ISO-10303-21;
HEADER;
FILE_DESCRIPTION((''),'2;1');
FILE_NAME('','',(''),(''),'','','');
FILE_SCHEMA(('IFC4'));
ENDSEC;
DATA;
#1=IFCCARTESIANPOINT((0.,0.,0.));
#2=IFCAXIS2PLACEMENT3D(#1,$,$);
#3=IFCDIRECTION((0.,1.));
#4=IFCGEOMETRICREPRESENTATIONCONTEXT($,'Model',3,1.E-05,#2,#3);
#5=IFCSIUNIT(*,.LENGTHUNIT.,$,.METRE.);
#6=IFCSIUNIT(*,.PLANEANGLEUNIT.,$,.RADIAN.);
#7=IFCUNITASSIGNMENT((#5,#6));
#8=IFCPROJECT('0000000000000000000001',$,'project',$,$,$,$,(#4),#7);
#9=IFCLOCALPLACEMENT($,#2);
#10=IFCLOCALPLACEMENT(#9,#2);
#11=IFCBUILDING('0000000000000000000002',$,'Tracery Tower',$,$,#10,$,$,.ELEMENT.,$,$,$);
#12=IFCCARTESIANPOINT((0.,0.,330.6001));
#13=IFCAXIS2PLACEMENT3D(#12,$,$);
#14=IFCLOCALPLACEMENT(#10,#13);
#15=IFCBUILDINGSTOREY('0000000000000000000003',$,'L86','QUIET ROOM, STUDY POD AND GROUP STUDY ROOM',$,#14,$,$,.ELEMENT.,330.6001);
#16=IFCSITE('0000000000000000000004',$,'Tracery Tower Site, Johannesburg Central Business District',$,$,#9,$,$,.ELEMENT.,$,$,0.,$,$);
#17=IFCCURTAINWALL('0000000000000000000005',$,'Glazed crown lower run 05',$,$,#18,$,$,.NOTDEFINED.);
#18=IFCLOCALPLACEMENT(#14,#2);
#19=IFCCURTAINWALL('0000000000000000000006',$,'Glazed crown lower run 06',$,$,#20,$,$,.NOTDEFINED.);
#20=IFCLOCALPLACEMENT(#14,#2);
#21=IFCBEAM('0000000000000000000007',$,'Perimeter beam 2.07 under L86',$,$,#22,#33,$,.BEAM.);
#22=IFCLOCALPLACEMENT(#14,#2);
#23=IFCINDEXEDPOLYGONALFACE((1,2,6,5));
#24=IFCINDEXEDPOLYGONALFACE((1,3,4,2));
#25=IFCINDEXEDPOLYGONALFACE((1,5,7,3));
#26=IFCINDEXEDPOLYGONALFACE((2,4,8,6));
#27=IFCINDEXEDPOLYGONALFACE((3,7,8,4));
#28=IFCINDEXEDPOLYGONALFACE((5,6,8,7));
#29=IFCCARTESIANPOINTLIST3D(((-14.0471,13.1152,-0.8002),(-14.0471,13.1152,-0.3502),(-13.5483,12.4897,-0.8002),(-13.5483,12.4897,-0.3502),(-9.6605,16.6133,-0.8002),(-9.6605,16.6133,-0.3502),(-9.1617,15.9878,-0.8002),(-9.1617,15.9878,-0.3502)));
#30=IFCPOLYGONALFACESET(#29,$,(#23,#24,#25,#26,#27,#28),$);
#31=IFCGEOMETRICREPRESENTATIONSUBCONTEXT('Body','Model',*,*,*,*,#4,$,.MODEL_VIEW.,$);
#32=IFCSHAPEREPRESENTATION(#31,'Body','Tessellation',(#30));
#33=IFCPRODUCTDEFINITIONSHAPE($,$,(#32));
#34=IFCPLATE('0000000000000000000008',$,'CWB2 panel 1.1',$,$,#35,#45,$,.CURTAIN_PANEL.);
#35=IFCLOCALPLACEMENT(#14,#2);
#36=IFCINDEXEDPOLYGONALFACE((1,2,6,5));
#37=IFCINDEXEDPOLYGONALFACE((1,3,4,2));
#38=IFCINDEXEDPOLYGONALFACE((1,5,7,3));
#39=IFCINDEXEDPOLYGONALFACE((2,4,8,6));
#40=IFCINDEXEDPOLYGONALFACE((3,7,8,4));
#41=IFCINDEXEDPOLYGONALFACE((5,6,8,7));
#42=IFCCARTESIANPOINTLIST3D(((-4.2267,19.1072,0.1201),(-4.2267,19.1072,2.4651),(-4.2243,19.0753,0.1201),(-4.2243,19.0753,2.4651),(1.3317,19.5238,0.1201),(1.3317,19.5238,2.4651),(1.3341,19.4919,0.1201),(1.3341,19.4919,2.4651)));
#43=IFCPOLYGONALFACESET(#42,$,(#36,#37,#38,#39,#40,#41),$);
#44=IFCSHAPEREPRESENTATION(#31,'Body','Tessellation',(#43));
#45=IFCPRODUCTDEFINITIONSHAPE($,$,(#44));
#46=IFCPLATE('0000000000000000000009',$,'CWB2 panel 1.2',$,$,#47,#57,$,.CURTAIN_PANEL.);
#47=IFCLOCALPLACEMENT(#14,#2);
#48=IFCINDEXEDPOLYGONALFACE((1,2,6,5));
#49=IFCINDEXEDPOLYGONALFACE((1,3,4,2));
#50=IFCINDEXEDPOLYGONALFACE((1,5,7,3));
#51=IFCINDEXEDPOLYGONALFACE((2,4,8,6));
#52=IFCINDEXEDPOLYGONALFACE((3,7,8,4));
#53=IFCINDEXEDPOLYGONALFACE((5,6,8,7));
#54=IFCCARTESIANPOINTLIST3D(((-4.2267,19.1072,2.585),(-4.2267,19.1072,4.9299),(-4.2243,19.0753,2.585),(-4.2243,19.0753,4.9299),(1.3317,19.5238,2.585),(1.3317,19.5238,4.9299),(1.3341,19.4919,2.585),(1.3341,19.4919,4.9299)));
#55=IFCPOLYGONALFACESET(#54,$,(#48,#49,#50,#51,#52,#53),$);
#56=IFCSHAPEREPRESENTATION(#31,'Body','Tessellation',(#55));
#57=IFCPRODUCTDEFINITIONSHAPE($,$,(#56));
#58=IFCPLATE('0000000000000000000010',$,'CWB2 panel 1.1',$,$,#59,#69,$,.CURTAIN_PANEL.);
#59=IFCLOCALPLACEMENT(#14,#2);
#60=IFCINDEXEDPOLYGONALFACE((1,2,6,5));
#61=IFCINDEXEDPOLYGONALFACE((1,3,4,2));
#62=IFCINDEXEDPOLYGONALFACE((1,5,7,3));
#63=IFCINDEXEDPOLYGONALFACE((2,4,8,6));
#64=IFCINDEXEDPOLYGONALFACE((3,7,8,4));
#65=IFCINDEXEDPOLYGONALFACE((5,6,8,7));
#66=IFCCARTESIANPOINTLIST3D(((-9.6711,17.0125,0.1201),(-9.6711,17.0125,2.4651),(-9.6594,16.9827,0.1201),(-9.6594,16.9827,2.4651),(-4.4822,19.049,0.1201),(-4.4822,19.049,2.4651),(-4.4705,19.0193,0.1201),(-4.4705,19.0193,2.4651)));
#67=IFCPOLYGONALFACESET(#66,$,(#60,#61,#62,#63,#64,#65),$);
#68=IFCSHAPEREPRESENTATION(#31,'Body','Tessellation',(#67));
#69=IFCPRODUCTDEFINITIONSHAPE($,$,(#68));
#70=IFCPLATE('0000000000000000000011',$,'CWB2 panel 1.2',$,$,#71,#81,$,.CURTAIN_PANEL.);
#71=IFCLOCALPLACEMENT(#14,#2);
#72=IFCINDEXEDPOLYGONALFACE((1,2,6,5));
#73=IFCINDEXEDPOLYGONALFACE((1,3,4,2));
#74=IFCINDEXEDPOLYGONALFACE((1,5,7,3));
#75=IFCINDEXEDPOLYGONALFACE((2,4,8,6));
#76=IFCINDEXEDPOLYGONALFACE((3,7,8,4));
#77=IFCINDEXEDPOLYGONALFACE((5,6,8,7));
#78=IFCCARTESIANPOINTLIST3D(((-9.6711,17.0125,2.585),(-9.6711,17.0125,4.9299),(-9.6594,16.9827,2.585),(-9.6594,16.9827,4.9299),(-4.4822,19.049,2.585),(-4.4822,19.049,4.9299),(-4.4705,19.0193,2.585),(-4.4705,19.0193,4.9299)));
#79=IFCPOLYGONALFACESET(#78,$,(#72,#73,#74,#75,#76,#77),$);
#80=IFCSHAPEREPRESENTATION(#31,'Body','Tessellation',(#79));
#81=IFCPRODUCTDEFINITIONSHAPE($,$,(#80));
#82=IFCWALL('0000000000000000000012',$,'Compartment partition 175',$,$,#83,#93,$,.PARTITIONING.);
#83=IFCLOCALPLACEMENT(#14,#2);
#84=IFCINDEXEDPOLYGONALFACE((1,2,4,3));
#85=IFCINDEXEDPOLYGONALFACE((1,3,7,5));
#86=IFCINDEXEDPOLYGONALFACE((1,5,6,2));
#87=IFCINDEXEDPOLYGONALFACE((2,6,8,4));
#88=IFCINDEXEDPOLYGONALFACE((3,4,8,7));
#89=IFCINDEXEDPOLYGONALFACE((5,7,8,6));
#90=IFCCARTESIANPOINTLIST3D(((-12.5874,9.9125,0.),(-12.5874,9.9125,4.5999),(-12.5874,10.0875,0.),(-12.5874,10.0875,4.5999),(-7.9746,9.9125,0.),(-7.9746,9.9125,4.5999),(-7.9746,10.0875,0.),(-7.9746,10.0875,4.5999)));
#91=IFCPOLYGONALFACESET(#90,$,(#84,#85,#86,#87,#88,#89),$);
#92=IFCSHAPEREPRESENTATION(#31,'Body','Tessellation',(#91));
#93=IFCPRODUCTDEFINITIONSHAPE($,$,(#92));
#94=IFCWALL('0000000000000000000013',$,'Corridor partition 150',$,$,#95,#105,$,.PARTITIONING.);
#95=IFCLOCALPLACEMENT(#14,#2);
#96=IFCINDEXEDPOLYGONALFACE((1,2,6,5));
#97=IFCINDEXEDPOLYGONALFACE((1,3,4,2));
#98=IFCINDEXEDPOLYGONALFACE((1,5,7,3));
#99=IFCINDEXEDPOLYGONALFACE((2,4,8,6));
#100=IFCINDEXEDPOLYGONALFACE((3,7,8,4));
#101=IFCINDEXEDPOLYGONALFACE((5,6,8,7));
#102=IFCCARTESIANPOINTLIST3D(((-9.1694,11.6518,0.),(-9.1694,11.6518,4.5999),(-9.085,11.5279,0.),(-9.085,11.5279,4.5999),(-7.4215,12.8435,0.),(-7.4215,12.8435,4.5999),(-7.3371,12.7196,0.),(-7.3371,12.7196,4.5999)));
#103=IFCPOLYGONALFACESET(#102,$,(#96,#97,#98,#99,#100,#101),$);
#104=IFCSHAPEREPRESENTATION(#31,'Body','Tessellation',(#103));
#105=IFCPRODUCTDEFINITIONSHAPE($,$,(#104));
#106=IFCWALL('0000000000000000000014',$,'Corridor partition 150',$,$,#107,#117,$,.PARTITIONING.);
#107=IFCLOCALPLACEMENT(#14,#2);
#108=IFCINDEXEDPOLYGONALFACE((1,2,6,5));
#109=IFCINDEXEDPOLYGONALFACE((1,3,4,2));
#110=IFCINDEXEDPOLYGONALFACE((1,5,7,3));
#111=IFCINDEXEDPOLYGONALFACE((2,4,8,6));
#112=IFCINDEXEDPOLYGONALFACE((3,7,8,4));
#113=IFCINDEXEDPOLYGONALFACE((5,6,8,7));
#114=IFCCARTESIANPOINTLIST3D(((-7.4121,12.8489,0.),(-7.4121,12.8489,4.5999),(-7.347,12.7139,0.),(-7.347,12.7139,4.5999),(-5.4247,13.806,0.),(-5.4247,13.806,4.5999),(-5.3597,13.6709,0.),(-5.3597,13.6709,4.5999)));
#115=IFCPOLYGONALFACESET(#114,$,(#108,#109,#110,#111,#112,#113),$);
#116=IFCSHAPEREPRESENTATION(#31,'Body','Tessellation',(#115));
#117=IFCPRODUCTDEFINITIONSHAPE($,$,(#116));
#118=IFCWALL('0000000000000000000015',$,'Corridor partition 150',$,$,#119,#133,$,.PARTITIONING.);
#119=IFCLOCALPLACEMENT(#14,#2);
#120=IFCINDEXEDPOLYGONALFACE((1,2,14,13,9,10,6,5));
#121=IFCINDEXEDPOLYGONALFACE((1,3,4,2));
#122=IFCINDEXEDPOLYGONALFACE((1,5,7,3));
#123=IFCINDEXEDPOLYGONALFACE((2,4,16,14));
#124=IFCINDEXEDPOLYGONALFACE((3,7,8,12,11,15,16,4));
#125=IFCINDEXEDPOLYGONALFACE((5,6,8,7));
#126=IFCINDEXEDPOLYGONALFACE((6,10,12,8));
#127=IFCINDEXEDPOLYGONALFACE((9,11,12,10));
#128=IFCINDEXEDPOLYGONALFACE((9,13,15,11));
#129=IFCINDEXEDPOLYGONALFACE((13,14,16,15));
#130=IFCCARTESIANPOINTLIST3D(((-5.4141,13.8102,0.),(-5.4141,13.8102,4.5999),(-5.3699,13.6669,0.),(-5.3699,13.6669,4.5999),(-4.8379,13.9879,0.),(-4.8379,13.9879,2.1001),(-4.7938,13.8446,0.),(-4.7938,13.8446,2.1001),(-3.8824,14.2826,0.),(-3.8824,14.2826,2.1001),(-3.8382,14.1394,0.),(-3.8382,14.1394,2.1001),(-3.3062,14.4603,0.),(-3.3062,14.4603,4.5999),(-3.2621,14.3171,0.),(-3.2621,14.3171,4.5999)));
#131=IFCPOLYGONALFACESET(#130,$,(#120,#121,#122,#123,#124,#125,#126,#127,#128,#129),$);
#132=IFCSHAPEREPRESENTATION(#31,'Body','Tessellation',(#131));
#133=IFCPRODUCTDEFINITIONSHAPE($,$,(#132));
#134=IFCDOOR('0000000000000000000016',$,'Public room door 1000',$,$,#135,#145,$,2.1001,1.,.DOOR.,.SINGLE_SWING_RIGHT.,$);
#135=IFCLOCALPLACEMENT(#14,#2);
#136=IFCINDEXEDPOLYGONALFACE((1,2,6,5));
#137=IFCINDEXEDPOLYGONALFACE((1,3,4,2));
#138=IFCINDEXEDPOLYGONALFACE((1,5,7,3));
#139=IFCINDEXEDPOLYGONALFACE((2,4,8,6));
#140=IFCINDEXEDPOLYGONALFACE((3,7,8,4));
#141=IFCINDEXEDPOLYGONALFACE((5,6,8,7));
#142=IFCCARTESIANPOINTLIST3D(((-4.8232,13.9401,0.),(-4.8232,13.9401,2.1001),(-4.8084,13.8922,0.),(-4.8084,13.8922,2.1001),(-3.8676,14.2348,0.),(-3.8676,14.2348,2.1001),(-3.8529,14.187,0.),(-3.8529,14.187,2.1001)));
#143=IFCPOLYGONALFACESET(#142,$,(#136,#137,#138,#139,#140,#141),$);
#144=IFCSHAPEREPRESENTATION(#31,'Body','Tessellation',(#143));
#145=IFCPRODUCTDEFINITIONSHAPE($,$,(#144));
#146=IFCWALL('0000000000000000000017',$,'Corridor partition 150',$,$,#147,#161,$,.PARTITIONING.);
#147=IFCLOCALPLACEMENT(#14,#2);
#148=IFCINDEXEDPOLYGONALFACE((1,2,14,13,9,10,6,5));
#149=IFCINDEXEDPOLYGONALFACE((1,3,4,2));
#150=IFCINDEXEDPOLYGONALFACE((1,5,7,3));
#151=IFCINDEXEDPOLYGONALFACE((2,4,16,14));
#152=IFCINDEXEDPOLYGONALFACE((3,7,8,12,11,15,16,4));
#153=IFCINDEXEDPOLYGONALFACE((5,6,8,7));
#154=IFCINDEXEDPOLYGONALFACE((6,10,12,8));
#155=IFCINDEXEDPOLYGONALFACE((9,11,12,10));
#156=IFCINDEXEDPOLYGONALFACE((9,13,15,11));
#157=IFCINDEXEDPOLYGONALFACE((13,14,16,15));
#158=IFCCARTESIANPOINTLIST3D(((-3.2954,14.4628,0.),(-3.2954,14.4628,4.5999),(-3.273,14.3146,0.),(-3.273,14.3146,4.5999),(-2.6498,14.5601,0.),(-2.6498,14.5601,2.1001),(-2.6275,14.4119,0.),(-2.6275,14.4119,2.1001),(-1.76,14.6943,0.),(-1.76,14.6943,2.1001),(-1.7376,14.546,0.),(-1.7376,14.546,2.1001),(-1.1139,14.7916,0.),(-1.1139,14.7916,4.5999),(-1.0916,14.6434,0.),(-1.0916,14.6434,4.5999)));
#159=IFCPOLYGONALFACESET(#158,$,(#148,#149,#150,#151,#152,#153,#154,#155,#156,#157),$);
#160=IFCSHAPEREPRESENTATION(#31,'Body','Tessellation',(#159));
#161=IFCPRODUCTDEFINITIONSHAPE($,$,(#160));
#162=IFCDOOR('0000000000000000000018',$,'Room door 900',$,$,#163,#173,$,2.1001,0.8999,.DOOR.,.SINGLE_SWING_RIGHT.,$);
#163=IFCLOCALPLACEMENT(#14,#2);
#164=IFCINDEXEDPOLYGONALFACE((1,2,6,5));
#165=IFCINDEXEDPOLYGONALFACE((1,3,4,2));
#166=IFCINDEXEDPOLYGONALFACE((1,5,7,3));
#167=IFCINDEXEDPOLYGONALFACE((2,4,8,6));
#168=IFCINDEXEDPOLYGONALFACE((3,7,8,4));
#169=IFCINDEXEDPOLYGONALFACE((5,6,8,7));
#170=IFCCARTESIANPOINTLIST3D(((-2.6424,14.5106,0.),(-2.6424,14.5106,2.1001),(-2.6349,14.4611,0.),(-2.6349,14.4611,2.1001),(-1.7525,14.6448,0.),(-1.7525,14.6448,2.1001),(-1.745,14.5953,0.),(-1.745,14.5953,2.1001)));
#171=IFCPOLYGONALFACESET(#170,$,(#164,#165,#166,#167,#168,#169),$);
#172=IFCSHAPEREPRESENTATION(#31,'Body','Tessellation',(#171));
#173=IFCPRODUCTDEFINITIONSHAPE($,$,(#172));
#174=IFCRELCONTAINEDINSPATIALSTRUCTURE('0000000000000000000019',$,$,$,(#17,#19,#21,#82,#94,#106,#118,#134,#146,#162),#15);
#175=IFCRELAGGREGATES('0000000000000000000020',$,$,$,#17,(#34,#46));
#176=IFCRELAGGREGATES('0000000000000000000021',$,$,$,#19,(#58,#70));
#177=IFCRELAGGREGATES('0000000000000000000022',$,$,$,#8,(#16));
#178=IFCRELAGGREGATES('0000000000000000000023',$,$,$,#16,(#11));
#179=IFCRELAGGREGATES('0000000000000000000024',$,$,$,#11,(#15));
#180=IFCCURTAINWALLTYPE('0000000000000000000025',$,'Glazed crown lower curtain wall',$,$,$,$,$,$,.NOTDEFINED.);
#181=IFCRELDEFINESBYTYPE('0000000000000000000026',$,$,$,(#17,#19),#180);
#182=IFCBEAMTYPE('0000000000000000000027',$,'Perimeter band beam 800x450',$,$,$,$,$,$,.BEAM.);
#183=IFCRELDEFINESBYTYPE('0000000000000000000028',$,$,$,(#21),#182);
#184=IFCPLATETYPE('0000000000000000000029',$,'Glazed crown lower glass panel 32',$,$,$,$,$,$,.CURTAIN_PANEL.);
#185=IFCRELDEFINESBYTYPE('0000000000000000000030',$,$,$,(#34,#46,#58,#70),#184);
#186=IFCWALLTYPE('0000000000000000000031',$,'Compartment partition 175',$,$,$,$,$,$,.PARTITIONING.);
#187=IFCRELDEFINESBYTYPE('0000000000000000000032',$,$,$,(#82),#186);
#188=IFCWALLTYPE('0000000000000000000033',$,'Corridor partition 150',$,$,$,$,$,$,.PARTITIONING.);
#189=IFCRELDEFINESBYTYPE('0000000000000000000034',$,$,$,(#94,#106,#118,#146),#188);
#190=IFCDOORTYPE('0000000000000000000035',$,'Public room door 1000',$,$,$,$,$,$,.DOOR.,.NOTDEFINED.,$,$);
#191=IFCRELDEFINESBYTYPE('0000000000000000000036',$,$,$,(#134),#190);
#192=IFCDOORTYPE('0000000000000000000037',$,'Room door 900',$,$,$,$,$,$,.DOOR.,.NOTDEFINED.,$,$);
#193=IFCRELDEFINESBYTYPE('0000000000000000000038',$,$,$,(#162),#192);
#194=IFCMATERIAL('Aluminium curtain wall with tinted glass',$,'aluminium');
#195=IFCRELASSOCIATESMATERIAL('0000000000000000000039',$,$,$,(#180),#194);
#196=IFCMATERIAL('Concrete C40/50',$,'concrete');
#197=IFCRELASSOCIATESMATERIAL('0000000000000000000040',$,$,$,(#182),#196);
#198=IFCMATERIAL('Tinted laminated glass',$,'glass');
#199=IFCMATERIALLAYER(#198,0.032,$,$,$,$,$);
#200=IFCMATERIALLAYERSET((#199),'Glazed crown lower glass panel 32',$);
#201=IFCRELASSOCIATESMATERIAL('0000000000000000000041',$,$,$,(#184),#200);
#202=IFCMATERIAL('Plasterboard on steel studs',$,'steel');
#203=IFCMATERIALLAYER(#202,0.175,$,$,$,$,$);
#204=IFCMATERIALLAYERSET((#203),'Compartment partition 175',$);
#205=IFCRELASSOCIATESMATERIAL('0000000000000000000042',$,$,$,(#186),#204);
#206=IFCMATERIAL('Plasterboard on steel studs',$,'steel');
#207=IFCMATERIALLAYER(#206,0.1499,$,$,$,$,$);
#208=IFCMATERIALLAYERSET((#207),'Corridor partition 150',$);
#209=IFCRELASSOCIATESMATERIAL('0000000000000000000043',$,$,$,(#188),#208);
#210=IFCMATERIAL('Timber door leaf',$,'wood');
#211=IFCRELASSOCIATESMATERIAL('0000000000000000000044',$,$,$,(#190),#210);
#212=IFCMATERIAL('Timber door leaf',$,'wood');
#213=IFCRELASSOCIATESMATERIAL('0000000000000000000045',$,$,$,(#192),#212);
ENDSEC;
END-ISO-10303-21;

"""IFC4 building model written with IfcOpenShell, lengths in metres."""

from ifc_helpers import new_model, si_unit, direction, frame, frame_2d, origin, origin_2d, place, context, subcontext, project, spatial, rectangle, extrude, material, layer, layer_set, material_profile, profile_set, type_object, element, fill, aggregate, save


model = new_model("IFC4")

# Units and contexts
model_context = context("Model", 3, precision=1e-05, world=origin(), true_north=direction((0.0, 1.0)))
body_context = subcontext(model_context, "Body", "Model", "MODEL_VIEW")
ifc_project = project(units=[si_unit("LENGTHUNIT", "METRE"), si_unit("PLANEANGLEUNIT", "RADIAN")], contexts=[model_context])

# Site, building, storey
site_placement = place(None, origin())
site = spatial("IfcSite", under=ifc_project, at=site_placement, Name="Tracery Tower Site, Johannesburg Central Business District", CompositionType="ELEMENT", RefElevation=0.0)
building_placement = place(site_placement, origin())
building = spatial("IfcBuilding", under=site, at=building_placement, Name="Tracery Tower", CompositionType="ELEMENT")
storey_placement = place(building_placement, frame((0.0, 0.0, 330.6001)))
storey = spatial("IfcBuildingStorey", under=building, at=storey_placement, Name="L86", Description="QUIET ROOM, STUDY POD AND GROUP STUDY ROOM", CompositionType="ELEMENT", Elevation=330.6001)

# Curtain wall
ifc_material_1 = material(Name="Aluminium curtain wall with tinted glass", Category="aluminium")
curtain_wall_type = type_object("IfcCurtainWallType", Name="Glazed crown lower curtain wall", PredefinedType="NOTDEFINED", material=ifc_material_1)
curtain_wall_1_placement = place(storey_placement, origin())
curtain_wall_1 = element("IfcCurtainWall", 1, at=curtain_wall_1_placement, inside=storey, type_object=curtain_wall_type, Name="Glazed crown lower run 05", PredefinedType="NOTDEFINED")

# Curtain wall
curtain_wall_2_placement = place(storey_placement, origin())
curtain_wall_2 = element("IfcCurtainWall", 2, at=curtain_wall_2_placement, inside=storey, type_object=curtain_wall_type, Name="Glazed crown lower run 06", PredefinedType="NOTDEFINED")

# Beam
ifc_material_2 = material(Name="Concrete C40/50", Category="concrete")
ifc_material_profile_1 = material_profile(ifc_material_2, rectangle(XDim=0.8, YDim=0.45, at=origin_2d()), Name="RC 800x450")
ifc_profile_set_1 = profile_set([ifc_material_profile_1], Name="Concrete C40/50")
beam_type = type_object("IfcBeamType", Name="Perimeter band beam 800x450", PredefinedType="BEAM", material=ifc_profile_set_1)
beam_1_placement = place(storey_placement, frame((-9.4111, 16.3005, -0.5752), z_axis=(-0.781836, -0.623484, 0.0), x_axis=(0.623484, -0.781836, 0.0)))
element("IfcBeam", 3, at=beam_1_placement, inside=storey, type_object=beam_type, Name="Perimeter beam 2.07 under L86", PredefinedType="BEAM", context=body_context, shape_type="SweptSolid", body=[
    extrude(rectangle(XDim=0.8, YDim=0.45, at=origin_2d()), origin(), (0.0, 0.0, 1.0), 5.6106),
])

# Plates
ifc_material_3 = material(Name="Tinted laminated glass", Category="glass")
ifc_layer_1 = layer(ifc_material_3, 0.032)
ifc_layer_set_1 = layer_set([ifc_layer_1], Name="Glazed crown lower glass panel 32")
plate_type = type_object("IfcPlateType", Name="Glazed crown lower glass panel 32", PredefinedType="CURTAIN_PANEL", material=ifc_layer_set_1)
plate_1_placement = place(storey_placement, frame((-1.4463, 19.2996, 0.1201), z_axis=(0.0, 0.0, 1.0), x_axis=(-0.997204, -0.074729, 0.0)))
plate_1 = element("IfcPlate", 4, at=plate_1_placement, type_object=plate_type, Name="CWB2 panel 1.1", PredefinedType="CURTAIN_PANEL", context=body_context, shape_type="SweptSolid", body=[
    extrude(rectangle(XDim=5.574, YDim=0.032, at=origin_2d()), origin(), (0.0, 0.0, 1.0), 2.345),
])
plate_2_placement = place(storey_placement, frame((-1.4463, 19.2996, 2.585), z_axis=(0.0, 0.0, 1.0), x_axis=(-0.997204, -0.074729, 0.0)))
plate_2 = element("IfcPlate", 5, at=plate_2_placement, type_object=plate_type, Name="CWB2 panel 1.2", PredefinedType="CURTAIN_PANEL", context=body_context, shape_type="SweptSolid", body=[
    extrude(rectangle(XDim=5.574, YDim=0.032, at=origin_2d()), origin(), (0.0, 0.0, 1.0), 2.345),
])
aggregate(curtain_wall_1, [plate_1, plate_2])
plate_3_placement = place(storey_placement, frame((-7.0708, 18.0159, 0.1201), z_axis=(0.0, 0.0, 1.0), x_axis=(-0.93087, -0.365351, 0.0)))
plate_3 = element("IfcPlate", 6, at=plate_3_placement, type_object=plate_type, Name="CWB2 panel 1.1", PredefinedType="CURTAIN_PANEL", context=body_context, shape_type="SweptSolid", body=[
    extrude(rectangle(XDim=5.5742, YDim=0.032, at=origin_2d()), origin(), (0.0, 0.0, 1.0), 2.345),
])
plate_4_placement = place(storey_placement, frame((-7.0708, 18.0159, 2.585), z_axis=(0.0, 0.0, 1.0), x_axis=(-0.93087, -0.365351, 0.0)))
plate_4 = element("IfcPlate", 7, at=plate_4_placement, type_object=plate_type, Name="CWB2 panel 1.2", PredefinedType="CURTAIN_PANEL", context=body_context, shape_type="SweptSolid", body=[
    extrude(rectangle(XDim=5.5742, YDim=0.032, at=origin_2d()), origin(), (0.0, 0.0, 1.0), 2.345),
])
aggregate(curtain_wall_2, [plate_3, plate_4])

# Walls
ifc_material_4 = material(Name="Plasterboard on steel studs", Category="steel")
ifc_layer_2 = layer(ifc_material_4, 0.175)
ifc_layer_set_2 = layer_set([ifc_layer_2], Name="Compartment partition 175")
wall_type_1 = type_object("IfcWallType", Name="Compartment partition 175", PredefinedType="PARTITIONING", material=ifc_layer_set_2)
wall_1_placement = place(storey_placement, frame((-7.9746, 10.0, 0.0), z_axis=(0.0, 0.0, 1.0), x_axis=(-1.0, 0.0, 0.0)))
element("IfcWall", 8, at=wall_1_placement, inside=storey, type_object=wall_type_1, Name="Compartment partition 175", PredefinedType="PARTITIONING", context=body_context, shape_type="SweptSolid", body=[
    extrude(rectangle(XDim=4.6128, YDim=0.175, at=frame_2d((2.3064, 0.0))), origin(), (0.0, 0.0, 1.0), 4.5999),
])
ifc_material_5 = material(Name="Plasterboard on steel studs", Category="steel")
ifc_layer_3 = layer(ifc_material_5, 0.1499)
ifc_layer_set_3 = layer_set([ifc_layer_3], Name="Corridor partition 150")
wall_type_2 = type_object("IfcWallType", Name="Corridor partition 150", PredefinedType="PARTITIONING", material=ifc_layer_set_3)
wall_2_placement = place(storey_placement, frame((-7.3794, 12.7815, 0.0), z_axis=(0.0, 0.0, 1.0), x_axis=(-0.826235, -0.563326, 0.0)))
element("IfcWall", 9, at=wall_2_placement, inside=storey, type_object=wall_type_2, Name="Corridor partition 150", PredefinedType="PARTITIONING", context=body_context, shape_type="SweptSolid", body=[
    extrude(rectangle(XDim=2.1155, YDim=0.1499, at=frame_2d((1.0576, 0.0))), origin(), (0.0, 0.0, 1.0), 4.5999),
])
wall_3_placement = place(storey_placement, frame((-5.3921, 13.7385, 0.0), z_axis=(0.0, 0.0, 1.0), x_axis=(-0.90097, -0.433882, 0.0)))
element("IfcWall", 10, at=wall_3_placement, inside=storey, type_object=wall_type_2, Name="Corridor partition 150", PredefinedType="PARTITIONING", context=body_context, shape_type="SweptSolid", body=[
    extrude(rectangle(XDim=2.2058, YDim=0.1499, at=frame_2d((1.103, 0.0))), origin(), (0.0, 0.0, 1.0), 4.5999),
])

# Walls, openings, doors
wall_4_placement = place(storey_placement, frame((-5.3921, 13.7385, 0.0), z_axis=(0.0, 0.0, 1.0), x_axis=(0.95558, 0.294731, 0.0)))
wall_4 = element("IfcWall", 11, at=wall_4_placement, inside=storey, type_object=wall_type_2, Name="Corridor partition 150", PredefinedType="PARTITIONING", context=body_context, shape_type="SweptSolid", body=[
    extrude(rectangle(XDim=2.2058, YDim=0.1499, at=frame_2d((1.103, 0.0))), origin(), (0.0, 0.0, 1.0), 4.5999),
])
opening_1_placement = place(wall_4_placement, frame((0.603, 0.0, 0.0)))
opening_1 = element("IfcOpeningElement", 12, at=opening_1_placement, cuts=wall_4, PredefinedType="OPENING", context=body_context, shape_type="SweptSolid", body=[
    extrude(rectangle(XDim=1.0, YDim=2.1001, at=frame_2d((0.5, 1.05))), frame((0.0, 0.075, 0.0), z_axis=(0.0, -1.0, 0.0), x_axis=(1.0, 0.0, 0.0)), (0.0, 0.0, 1.0), 0.1499),
])
ifc_material_6 = material(Name="Timber door leaf", Category="wood")
door_type_1 = type_object("IfcDoorType", Name="Public room door 1000", OperationType="NOTDEFINED", PredefinedType="DOOR", material=ifc_material_6)
door_1_placement = place(opening_1_placement, origin())
door_1 = element("IfcDoor", 13, at=door_1_placement, inside=storey, type_object=door_type_1, Name="Public room door 1000", OperationType="SINGLE_SWING_RIGHT", OverallHeight=2.1001, OverallWidth=1.0, PredefinedType="DOOR", context=body_context, shape_type="SweptSolid", body=[
    extrude(rectangle(XDim=1.0, YDim=2.1001, at=frame_2d((0.5, 1.05))), frame((0.0, 0.0249, 0.0), z_axis=(0.0, -1.0, 0.0), x_axis=(1.0, 0.0, 0.0)), (0.0, 0.0, 1.0), 0.05),
])
fill(opening_1, door_1)
wall_5_placement = place(storey_placement, frame((-3.2842, 14.3887, 0.0), z_axis=(0.0, 0.0, 1.0), x_axis=(0.988826, 0.149071, 0.0)))
wall_5 = element("IfcWall", 14, at=wall_5_placement, inside=storey, type_object=wall_type_2, Name="Corridor partition 150", PredefinedType="PARTITIONING", context=body_context, shape_type="SweptSolid", body=[
    extrude(rectangle(XDim=2.2061, YDim=0.1499, at=frame_2d((1.103, 0.0))), origin(), (0.0, 0.0, 1.0), 4.5999),
])
opening_2_placement = place(wall_5_placement, frame((0.6528, 0.0, 0.0)))
opening_2 = element("IfcOpeningElement", 15, at=opening_2_placement, cuts=wall_5, PredefinedType="OPENING", context=body_context, shape_type="SweptSolid", body=[
    extrude(rectangle(XDim=0.8999, YDim=2.1001, at=frame_2d((0.45, 1.05))), frame((0.0, 0.075, 0.0), z_axis=(0.0, -1.0, 0.0), x_axis=(1.0, 0.0, 0.0)), (0.0, 0.0, 1.0), 0.1499),
])
ifc_material_7 = material(Name="Timber door leaf", Category="wood")
door_type_2 = type_object("IfcDoorType", Name="Room door 900", OperationType="NOTDEFINED", PredefinedType="DOOR", material=ifc_material_7)
door_2_placement = place(opening_2_placement, origin())
door_2 = element("IfcDoor", 16, at=door_2_placement, inside=storey, type_object=door_type_2, Name="Room door 900", OperationType="SINGLE_SWING_RIGHT", OverallHeight=2.1001, OverallWidth=0.8999, PredefinedType="DOOR", context=body_context, shape_type="SweptSolid", body=[
    extrude(rectangle(XDim=0.8999, YDim=2.1001, at=frame_2d((0.45, 1.05))), frame((0.0, 0.0249, 0.0), z_axis=(0.0, -1.0, 0.0), x_axis=(1.0, 0.0, 0.0)), (0.0, 0.0, 1.0), 0.05),
])
fill(opening_2, door_2)

save(model, "model.ifc")
